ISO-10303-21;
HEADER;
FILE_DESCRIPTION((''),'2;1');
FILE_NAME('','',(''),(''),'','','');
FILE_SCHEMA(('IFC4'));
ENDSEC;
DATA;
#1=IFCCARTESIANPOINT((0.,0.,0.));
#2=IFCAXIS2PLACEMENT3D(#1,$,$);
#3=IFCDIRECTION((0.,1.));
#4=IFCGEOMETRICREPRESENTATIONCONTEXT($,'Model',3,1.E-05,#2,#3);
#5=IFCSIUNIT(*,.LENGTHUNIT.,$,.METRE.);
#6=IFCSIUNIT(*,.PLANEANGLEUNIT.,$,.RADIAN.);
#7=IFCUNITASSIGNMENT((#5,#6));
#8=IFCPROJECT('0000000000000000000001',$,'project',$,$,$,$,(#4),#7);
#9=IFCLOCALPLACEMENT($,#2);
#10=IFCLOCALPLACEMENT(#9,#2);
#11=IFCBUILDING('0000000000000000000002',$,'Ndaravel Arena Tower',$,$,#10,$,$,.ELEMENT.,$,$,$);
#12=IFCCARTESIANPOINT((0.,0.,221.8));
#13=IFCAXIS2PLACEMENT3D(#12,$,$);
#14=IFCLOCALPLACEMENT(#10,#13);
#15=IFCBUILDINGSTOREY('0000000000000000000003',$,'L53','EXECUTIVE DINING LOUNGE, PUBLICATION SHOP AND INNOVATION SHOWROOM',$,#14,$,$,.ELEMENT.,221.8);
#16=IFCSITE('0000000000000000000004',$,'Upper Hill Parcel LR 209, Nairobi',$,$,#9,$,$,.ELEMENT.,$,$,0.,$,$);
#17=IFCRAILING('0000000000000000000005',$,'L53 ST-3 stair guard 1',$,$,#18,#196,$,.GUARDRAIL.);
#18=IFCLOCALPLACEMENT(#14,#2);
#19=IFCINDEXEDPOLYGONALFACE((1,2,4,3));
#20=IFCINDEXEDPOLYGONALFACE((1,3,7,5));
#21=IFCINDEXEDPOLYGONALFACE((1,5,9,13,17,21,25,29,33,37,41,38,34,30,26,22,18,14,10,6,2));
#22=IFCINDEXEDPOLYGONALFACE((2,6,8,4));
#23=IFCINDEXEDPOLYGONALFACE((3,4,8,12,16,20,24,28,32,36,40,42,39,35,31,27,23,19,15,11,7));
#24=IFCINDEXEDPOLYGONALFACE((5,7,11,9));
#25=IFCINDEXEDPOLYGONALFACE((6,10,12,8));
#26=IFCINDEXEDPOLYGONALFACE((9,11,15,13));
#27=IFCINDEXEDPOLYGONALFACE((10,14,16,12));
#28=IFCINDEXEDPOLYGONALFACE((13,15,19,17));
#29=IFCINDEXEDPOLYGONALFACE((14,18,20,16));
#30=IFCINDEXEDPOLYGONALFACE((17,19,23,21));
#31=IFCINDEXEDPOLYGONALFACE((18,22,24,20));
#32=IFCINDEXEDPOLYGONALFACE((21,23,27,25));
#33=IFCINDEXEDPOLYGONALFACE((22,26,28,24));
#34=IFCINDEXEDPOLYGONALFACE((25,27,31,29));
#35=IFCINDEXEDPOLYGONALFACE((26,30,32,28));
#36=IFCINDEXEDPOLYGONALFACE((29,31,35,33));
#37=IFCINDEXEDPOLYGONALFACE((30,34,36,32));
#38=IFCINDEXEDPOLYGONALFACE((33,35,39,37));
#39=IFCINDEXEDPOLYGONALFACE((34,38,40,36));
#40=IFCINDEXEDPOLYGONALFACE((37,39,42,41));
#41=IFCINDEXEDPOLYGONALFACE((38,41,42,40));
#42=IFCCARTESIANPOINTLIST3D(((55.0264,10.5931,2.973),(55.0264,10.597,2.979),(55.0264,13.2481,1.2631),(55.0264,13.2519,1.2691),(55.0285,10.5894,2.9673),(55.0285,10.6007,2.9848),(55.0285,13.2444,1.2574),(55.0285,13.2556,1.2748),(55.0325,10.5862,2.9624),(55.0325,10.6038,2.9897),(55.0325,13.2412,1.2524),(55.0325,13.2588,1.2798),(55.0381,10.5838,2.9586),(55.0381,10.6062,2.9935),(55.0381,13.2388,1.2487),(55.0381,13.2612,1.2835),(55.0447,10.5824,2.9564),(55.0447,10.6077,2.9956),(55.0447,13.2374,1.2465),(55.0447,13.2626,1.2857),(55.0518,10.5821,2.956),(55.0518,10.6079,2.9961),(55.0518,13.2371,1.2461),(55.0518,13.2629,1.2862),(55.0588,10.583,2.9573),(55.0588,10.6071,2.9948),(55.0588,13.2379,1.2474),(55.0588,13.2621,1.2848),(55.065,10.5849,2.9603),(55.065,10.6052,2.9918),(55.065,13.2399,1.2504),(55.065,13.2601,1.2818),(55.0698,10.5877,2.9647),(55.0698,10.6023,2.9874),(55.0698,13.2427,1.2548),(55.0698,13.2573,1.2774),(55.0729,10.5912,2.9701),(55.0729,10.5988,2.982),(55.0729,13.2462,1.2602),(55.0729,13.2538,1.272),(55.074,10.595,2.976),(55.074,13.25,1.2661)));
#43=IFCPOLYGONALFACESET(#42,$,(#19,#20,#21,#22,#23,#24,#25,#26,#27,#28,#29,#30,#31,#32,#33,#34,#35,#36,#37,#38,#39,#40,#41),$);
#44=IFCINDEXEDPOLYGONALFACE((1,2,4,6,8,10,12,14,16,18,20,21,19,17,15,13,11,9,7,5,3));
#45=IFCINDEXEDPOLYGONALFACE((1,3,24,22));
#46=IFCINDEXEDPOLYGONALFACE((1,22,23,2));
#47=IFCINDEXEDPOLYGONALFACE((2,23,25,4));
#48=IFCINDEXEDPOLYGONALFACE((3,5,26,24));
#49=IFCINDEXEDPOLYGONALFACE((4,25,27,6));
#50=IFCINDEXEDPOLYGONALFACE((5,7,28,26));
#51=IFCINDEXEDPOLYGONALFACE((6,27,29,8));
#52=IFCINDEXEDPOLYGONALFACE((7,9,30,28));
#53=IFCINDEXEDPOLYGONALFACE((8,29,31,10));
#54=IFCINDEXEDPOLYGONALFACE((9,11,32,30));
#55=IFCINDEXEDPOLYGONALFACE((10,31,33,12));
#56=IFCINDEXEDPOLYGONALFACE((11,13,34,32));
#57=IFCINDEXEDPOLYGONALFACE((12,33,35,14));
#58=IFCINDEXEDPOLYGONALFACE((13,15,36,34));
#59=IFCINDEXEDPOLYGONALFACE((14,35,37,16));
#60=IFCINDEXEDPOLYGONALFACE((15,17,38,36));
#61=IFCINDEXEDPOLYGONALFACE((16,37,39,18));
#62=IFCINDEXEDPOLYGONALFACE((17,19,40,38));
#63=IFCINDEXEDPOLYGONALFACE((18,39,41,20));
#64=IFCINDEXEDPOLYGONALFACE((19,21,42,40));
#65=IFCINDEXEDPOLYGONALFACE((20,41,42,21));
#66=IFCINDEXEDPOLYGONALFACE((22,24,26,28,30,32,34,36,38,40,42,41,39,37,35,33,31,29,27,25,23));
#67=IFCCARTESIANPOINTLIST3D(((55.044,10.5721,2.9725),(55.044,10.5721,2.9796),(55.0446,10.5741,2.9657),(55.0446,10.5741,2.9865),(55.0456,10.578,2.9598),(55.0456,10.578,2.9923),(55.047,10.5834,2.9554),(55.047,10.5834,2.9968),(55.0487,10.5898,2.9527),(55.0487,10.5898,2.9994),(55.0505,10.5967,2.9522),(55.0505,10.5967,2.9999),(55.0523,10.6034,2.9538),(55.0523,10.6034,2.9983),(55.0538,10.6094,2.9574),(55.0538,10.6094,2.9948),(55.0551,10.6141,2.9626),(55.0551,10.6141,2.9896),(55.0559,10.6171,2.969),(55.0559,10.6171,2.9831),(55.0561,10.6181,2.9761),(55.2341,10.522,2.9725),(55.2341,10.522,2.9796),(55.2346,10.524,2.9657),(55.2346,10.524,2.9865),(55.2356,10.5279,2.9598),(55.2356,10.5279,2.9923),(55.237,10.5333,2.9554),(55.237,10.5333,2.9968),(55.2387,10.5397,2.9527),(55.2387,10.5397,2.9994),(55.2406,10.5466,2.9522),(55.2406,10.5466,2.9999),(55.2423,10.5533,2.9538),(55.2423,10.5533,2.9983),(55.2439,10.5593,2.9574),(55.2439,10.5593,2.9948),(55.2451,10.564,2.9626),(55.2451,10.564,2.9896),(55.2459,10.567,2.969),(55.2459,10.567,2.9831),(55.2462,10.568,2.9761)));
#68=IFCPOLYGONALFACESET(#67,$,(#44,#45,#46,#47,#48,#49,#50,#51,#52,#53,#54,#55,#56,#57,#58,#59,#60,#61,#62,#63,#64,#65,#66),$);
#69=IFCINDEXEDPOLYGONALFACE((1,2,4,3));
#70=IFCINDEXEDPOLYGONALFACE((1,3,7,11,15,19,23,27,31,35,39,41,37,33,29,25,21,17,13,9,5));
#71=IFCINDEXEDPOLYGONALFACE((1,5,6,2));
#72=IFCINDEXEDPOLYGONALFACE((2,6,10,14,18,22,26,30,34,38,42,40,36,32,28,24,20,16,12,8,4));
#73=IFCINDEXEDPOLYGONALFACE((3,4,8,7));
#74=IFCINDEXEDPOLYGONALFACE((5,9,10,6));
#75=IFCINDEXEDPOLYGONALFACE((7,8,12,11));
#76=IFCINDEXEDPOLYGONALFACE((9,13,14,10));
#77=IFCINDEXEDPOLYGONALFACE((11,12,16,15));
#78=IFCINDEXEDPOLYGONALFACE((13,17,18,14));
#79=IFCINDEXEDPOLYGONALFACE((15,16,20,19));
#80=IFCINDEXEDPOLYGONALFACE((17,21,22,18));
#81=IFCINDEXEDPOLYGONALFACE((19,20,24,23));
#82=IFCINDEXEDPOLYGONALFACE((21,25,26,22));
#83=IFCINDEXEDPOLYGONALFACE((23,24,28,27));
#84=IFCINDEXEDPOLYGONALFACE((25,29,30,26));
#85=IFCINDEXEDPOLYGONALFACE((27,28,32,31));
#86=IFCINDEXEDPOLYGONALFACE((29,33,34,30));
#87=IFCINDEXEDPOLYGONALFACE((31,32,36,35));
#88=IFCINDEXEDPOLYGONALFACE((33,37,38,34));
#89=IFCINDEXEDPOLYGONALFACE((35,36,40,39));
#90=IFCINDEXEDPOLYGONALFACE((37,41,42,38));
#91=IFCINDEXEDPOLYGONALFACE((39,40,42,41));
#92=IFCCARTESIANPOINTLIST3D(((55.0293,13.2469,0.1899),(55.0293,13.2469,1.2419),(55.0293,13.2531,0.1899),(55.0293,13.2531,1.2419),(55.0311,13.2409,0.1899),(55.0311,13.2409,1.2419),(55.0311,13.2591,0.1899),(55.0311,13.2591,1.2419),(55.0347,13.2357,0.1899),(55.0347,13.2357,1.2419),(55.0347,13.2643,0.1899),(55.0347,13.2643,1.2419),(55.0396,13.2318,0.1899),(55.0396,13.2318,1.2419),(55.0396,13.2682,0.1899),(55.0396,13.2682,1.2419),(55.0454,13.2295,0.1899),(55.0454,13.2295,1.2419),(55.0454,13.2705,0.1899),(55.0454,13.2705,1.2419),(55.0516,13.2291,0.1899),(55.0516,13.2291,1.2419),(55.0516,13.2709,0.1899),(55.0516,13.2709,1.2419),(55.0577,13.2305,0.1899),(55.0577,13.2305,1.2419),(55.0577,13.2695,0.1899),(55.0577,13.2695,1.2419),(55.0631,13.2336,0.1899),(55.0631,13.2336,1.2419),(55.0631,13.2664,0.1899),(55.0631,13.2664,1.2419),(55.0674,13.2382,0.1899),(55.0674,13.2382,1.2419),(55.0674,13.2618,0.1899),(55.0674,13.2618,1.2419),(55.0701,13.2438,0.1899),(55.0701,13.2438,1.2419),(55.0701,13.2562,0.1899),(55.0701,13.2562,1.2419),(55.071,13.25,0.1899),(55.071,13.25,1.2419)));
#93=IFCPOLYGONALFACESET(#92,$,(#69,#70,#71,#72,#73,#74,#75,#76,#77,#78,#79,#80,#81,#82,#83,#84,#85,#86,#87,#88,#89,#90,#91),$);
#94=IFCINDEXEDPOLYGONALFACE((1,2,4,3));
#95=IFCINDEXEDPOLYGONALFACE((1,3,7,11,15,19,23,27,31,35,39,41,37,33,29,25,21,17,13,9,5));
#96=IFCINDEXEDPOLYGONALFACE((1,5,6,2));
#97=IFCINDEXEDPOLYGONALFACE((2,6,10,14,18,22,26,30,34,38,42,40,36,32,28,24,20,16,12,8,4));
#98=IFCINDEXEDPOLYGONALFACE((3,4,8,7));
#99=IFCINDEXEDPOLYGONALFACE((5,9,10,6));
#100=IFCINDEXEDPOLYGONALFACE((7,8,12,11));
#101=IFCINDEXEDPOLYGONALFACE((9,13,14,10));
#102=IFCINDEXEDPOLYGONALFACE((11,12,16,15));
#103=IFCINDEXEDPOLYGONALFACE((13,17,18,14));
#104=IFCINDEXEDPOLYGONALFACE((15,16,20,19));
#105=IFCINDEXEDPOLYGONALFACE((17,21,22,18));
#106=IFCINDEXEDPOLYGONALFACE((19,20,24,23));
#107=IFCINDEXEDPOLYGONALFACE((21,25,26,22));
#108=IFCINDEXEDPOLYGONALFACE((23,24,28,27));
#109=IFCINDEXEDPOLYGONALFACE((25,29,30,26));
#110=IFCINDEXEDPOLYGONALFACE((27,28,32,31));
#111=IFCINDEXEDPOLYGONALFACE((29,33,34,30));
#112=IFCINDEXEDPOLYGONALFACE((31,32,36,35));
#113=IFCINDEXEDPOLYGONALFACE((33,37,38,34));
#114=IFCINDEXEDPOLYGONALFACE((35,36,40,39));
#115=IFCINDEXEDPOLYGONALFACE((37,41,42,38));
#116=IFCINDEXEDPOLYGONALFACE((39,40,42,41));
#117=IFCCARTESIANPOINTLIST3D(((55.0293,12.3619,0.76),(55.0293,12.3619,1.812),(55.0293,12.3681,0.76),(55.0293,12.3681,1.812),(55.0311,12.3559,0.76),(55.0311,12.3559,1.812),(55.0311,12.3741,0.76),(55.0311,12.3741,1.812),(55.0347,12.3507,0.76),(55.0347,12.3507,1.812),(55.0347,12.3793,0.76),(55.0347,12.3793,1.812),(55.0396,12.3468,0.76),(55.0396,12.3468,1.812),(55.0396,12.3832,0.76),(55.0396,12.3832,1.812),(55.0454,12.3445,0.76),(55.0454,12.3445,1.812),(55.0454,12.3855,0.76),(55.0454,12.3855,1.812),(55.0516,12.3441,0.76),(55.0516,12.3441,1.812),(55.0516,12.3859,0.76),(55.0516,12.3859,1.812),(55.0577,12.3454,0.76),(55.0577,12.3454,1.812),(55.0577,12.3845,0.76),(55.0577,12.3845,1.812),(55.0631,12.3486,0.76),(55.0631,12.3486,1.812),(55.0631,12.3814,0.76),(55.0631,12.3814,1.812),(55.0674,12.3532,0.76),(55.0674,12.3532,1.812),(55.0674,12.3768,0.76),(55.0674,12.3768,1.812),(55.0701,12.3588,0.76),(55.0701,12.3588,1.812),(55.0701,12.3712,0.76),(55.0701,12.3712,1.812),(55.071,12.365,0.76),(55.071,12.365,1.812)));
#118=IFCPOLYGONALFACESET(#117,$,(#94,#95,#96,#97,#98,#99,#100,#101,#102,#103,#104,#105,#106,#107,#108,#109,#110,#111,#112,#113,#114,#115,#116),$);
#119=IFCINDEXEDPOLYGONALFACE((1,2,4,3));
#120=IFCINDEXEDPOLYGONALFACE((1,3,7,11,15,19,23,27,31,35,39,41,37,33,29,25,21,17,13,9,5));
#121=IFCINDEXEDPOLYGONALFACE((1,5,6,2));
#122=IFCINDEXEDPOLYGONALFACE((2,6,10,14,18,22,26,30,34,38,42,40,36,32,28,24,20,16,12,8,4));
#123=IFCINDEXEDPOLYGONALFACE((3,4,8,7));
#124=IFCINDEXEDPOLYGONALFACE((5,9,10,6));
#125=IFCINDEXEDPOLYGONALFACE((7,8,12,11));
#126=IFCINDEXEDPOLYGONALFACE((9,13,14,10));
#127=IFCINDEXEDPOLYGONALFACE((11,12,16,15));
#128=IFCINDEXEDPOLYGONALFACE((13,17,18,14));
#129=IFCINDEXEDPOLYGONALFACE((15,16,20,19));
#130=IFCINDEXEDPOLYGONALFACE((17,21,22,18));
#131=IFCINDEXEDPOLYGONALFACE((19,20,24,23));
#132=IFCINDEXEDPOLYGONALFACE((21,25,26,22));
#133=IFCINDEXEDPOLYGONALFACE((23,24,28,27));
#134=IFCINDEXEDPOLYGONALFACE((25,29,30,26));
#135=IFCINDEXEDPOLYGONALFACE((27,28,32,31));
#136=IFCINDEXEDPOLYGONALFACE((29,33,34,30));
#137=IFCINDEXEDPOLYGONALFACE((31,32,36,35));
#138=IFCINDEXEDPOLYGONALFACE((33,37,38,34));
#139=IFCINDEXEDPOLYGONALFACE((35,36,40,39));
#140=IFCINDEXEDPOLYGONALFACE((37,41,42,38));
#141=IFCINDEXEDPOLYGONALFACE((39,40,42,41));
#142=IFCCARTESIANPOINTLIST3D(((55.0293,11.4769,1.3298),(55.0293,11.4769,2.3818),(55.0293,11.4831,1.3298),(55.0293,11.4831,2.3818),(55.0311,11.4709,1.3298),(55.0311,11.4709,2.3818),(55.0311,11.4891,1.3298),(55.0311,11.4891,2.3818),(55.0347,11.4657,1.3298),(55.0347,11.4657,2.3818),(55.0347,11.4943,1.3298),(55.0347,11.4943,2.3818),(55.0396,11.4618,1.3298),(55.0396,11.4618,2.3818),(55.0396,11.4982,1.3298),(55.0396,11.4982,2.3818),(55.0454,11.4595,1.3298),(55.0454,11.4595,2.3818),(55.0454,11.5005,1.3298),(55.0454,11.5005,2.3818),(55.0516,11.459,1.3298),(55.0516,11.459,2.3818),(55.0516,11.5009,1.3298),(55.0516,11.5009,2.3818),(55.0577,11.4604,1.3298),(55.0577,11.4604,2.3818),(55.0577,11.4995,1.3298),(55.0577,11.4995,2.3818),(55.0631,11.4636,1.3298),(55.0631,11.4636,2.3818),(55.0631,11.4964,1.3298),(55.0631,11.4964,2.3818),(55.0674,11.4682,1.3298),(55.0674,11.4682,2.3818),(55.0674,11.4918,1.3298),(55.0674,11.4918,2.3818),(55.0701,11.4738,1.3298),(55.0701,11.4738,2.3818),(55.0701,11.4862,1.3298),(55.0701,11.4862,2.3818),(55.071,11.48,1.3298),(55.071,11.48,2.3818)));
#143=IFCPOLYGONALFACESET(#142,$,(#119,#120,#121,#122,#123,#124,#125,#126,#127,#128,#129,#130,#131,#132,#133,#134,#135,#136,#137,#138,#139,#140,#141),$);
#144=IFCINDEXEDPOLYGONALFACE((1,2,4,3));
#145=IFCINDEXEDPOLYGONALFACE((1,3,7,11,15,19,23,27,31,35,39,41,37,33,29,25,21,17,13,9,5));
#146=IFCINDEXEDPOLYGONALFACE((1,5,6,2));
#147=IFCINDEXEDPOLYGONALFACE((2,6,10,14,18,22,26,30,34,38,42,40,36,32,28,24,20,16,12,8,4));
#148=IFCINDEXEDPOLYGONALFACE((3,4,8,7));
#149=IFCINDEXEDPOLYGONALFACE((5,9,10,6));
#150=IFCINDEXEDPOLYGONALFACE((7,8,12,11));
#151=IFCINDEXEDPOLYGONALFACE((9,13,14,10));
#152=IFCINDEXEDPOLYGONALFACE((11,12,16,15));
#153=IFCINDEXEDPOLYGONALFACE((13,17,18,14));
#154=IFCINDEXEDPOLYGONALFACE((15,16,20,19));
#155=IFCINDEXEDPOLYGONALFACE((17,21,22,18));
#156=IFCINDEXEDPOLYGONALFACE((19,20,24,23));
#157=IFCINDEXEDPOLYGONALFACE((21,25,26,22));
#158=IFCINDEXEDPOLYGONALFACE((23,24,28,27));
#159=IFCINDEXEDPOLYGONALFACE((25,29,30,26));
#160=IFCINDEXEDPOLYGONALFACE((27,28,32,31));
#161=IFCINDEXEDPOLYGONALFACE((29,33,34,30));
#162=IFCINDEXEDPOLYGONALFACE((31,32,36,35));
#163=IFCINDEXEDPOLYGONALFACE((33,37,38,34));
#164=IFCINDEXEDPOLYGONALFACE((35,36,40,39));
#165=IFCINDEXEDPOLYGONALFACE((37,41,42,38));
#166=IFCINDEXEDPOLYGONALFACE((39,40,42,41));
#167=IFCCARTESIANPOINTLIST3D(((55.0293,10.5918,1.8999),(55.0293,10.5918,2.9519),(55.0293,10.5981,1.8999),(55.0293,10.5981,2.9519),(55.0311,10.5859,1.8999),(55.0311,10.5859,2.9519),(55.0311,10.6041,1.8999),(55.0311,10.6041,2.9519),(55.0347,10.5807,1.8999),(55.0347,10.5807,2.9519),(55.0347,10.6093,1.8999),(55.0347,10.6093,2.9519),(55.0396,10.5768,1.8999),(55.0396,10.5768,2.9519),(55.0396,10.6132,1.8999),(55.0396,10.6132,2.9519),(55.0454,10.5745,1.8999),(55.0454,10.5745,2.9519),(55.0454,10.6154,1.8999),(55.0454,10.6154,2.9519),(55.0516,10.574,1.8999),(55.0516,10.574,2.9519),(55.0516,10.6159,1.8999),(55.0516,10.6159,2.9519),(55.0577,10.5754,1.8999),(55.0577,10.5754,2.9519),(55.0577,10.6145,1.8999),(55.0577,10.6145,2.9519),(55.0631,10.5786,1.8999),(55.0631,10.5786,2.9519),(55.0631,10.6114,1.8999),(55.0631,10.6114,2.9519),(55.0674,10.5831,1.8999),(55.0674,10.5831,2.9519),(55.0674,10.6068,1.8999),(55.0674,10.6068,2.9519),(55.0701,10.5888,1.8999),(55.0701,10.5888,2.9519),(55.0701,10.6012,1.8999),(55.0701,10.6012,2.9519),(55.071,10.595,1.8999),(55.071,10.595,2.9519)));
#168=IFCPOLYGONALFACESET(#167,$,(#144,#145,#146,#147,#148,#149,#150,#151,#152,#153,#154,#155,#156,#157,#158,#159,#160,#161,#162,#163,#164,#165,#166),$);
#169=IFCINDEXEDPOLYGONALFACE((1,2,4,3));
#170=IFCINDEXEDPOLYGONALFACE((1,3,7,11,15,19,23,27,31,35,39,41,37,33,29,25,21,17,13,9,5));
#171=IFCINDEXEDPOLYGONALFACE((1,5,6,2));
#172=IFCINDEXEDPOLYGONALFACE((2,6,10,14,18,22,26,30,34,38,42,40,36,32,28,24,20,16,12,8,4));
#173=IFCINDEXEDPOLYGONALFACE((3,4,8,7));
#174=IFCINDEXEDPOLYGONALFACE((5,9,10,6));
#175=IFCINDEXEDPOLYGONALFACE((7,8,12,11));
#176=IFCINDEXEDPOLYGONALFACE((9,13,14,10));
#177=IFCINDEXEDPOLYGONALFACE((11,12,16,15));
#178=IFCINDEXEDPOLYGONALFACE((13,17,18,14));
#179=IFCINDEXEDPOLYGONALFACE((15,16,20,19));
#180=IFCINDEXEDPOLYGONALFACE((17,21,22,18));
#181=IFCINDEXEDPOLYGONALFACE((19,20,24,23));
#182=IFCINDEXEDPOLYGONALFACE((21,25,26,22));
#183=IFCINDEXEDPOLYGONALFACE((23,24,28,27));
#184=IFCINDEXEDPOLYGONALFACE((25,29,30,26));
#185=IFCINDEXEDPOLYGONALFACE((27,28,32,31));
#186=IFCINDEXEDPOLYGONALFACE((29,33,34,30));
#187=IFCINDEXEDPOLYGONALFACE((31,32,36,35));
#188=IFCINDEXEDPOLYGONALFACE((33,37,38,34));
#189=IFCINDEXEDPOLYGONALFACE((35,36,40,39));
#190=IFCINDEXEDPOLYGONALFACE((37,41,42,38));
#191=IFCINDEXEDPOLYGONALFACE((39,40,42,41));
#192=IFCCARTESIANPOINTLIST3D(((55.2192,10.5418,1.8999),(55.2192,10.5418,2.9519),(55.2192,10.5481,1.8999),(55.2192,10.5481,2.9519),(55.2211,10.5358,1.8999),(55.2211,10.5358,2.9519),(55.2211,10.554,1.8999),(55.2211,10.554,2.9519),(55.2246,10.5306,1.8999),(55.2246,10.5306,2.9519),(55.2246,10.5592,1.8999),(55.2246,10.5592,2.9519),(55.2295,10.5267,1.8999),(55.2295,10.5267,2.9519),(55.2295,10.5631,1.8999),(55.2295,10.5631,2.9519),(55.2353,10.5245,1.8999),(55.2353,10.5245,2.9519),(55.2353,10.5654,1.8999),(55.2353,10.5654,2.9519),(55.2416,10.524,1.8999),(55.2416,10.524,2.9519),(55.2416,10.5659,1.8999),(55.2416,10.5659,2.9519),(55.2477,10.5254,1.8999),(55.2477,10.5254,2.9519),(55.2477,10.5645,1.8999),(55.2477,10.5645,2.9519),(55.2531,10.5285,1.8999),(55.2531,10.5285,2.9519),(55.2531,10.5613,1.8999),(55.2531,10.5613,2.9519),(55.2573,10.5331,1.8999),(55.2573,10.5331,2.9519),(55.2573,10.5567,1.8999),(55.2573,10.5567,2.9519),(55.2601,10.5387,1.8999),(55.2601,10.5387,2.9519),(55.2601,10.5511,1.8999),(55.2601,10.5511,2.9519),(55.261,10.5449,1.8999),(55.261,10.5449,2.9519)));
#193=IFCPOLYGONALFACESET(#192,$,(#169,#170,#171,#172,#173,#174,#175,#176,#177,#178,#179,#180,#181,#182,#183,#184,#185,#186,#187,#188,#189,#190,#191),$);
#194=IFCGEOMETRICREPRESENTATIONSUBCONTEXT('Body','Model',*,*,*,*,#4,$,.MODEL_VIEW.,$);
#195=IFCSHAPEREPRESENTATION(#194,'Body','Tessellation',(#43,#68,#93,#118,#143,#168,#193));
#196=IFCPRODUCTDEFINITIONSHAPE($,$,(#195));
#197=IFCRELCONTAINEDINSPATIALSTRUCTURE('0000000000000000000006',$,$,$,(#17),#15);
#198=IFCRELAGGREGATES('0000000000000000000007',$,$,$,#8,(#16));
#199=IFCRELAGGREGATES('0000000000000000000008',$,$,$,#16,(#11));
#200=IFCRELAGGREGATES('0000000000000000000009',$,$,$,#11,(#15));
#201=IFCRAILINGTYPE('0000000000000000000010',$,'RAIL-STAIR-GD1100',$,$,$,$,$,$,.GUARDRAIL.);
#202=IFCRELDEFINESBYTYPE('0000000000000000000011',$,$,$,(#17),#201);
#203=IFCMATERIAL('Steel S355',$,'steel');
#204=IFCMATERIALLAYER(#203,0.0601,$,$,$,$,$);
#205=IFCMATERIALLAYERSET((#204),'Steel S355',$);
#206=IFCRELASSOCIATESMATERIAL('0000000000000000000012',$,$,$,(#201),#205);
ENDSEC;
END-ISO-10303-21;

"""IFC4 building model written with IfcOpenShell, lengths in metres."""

from ifc_helpers import new_model, si_unit, direction, frame, origin, origin_2d, place, context, subcontext, project, spatial, circle, extrude, material, layer, layer_set, type_object, element, save


model = new_model("IFC4")

# Units and contexts
model_context = context("Model", 3, precision=1e-05, world=origin(), true_north=direction((0.0, 1.0)))
body_context = subcontext(model_context, "Body", "Model", "MODEL_VIEW")
ifc_project = project(units=[si_unit("LENGTHUNIT", "METRE"), si_unit("PLANEANGLEUNIT", "RADIAN")], contexts=[model_context])

# Site, building, storey
site_placement = place(None, origin())
site = spatial("IfcSite", under=ifc_project, at=site_placement, Name="Upper Hill Parcel LR 209, Nairobi", CompositionType="ELEMENT", RefElevation=0.0)
building_placement = place(site_placement, origin())
building = spatial("IfcBuilding", under=site, at=building_placement, Name="Ndaravel Arena Tower", CompositionType="ELEMENT")
storey_placement = place(building_placement, frame((0.0, 0.0, 221.8)))
storey = spatial("IfcBuildingStorey", under=building, at=storey_placement, Name="L53", Description="EXECUTIVE DINING LOUNGE, PUBLICATION SHOP AND INNOVATION SHOWROOM", CompositionType="ELEMENT", Elevation=221.8)

# Railing
ifc_material_1 = material(Name="Steel S355", Category="steel")
ifc_layer_1 = layer(ifc_material_1, 0.0601)
ifc_layer_set_1 = layer_set([ifc_layer_1], Name="Steel S355")
railing_type_1 = type_object("IfcRailingType", Name="RAIL-STAIR-GD1100", PredefinedType="GUARDRAIL", material=ifc_layer_set_1)
railing_1_placement = place(storey_placement, frame((55.05, 13.25, 0.1899)))
element("IfcRailing", 1, at=railing_1_placement, inside=storey, type_object=railing_type_1, Name="L53 ST-3 stair guard 1", PredefinedType="GUARDRAIL", context=body_context, shape_type="SweptSolid", body=[
    extrude(circle(Radius=0.0239, at=origin_2d()), frame((0.0, 0.0, 1.0762), z_axis=(0.0, -0.840724, 0.541465), x_axis=(1.0, 0.0, 0.0)), (0.0, 0.0, 1.0), 3.158),
    extrude(circle(Radius=0.0239, at=origin_2d()), frame((0.0, -2.655, 2.7861), z_axis=(0.966994, -0.254799, 0.0), x_axis=(0.254799, 0.966994, 0.0)), (0.0, 0.0, 1.0), 0.1965),
    extrude(circle(Radius=0.021, at=origin_2d()), origin(), (0.0, 0.0, 1.0), 1.052),
    extrude(circle(Radius=0.021, at=origin_2d()), frame((0.0, -0.885, 0.5701)), (0.0, 0.0, 1.0), 1.052),
    extrude(circle(Radius=0.021, at=origin_2d()), frame((0.0, -1.77, 1.1399)), (0.0, 0.0, 1.0), 1.052),
    extrude(circle(Radius=0.021, at=origin_2d()), frame((0.0, -2.655, 1.71)), (0.0, 0.0, 1.0), 1.052),
    extrude(circle(Radius=0.021, at=origin_2d()), frame((0.1899, -2.7051, 1.71)), (0.0, 0.0, 1.0), 1.052),
])

save(model, "model.ifc")
